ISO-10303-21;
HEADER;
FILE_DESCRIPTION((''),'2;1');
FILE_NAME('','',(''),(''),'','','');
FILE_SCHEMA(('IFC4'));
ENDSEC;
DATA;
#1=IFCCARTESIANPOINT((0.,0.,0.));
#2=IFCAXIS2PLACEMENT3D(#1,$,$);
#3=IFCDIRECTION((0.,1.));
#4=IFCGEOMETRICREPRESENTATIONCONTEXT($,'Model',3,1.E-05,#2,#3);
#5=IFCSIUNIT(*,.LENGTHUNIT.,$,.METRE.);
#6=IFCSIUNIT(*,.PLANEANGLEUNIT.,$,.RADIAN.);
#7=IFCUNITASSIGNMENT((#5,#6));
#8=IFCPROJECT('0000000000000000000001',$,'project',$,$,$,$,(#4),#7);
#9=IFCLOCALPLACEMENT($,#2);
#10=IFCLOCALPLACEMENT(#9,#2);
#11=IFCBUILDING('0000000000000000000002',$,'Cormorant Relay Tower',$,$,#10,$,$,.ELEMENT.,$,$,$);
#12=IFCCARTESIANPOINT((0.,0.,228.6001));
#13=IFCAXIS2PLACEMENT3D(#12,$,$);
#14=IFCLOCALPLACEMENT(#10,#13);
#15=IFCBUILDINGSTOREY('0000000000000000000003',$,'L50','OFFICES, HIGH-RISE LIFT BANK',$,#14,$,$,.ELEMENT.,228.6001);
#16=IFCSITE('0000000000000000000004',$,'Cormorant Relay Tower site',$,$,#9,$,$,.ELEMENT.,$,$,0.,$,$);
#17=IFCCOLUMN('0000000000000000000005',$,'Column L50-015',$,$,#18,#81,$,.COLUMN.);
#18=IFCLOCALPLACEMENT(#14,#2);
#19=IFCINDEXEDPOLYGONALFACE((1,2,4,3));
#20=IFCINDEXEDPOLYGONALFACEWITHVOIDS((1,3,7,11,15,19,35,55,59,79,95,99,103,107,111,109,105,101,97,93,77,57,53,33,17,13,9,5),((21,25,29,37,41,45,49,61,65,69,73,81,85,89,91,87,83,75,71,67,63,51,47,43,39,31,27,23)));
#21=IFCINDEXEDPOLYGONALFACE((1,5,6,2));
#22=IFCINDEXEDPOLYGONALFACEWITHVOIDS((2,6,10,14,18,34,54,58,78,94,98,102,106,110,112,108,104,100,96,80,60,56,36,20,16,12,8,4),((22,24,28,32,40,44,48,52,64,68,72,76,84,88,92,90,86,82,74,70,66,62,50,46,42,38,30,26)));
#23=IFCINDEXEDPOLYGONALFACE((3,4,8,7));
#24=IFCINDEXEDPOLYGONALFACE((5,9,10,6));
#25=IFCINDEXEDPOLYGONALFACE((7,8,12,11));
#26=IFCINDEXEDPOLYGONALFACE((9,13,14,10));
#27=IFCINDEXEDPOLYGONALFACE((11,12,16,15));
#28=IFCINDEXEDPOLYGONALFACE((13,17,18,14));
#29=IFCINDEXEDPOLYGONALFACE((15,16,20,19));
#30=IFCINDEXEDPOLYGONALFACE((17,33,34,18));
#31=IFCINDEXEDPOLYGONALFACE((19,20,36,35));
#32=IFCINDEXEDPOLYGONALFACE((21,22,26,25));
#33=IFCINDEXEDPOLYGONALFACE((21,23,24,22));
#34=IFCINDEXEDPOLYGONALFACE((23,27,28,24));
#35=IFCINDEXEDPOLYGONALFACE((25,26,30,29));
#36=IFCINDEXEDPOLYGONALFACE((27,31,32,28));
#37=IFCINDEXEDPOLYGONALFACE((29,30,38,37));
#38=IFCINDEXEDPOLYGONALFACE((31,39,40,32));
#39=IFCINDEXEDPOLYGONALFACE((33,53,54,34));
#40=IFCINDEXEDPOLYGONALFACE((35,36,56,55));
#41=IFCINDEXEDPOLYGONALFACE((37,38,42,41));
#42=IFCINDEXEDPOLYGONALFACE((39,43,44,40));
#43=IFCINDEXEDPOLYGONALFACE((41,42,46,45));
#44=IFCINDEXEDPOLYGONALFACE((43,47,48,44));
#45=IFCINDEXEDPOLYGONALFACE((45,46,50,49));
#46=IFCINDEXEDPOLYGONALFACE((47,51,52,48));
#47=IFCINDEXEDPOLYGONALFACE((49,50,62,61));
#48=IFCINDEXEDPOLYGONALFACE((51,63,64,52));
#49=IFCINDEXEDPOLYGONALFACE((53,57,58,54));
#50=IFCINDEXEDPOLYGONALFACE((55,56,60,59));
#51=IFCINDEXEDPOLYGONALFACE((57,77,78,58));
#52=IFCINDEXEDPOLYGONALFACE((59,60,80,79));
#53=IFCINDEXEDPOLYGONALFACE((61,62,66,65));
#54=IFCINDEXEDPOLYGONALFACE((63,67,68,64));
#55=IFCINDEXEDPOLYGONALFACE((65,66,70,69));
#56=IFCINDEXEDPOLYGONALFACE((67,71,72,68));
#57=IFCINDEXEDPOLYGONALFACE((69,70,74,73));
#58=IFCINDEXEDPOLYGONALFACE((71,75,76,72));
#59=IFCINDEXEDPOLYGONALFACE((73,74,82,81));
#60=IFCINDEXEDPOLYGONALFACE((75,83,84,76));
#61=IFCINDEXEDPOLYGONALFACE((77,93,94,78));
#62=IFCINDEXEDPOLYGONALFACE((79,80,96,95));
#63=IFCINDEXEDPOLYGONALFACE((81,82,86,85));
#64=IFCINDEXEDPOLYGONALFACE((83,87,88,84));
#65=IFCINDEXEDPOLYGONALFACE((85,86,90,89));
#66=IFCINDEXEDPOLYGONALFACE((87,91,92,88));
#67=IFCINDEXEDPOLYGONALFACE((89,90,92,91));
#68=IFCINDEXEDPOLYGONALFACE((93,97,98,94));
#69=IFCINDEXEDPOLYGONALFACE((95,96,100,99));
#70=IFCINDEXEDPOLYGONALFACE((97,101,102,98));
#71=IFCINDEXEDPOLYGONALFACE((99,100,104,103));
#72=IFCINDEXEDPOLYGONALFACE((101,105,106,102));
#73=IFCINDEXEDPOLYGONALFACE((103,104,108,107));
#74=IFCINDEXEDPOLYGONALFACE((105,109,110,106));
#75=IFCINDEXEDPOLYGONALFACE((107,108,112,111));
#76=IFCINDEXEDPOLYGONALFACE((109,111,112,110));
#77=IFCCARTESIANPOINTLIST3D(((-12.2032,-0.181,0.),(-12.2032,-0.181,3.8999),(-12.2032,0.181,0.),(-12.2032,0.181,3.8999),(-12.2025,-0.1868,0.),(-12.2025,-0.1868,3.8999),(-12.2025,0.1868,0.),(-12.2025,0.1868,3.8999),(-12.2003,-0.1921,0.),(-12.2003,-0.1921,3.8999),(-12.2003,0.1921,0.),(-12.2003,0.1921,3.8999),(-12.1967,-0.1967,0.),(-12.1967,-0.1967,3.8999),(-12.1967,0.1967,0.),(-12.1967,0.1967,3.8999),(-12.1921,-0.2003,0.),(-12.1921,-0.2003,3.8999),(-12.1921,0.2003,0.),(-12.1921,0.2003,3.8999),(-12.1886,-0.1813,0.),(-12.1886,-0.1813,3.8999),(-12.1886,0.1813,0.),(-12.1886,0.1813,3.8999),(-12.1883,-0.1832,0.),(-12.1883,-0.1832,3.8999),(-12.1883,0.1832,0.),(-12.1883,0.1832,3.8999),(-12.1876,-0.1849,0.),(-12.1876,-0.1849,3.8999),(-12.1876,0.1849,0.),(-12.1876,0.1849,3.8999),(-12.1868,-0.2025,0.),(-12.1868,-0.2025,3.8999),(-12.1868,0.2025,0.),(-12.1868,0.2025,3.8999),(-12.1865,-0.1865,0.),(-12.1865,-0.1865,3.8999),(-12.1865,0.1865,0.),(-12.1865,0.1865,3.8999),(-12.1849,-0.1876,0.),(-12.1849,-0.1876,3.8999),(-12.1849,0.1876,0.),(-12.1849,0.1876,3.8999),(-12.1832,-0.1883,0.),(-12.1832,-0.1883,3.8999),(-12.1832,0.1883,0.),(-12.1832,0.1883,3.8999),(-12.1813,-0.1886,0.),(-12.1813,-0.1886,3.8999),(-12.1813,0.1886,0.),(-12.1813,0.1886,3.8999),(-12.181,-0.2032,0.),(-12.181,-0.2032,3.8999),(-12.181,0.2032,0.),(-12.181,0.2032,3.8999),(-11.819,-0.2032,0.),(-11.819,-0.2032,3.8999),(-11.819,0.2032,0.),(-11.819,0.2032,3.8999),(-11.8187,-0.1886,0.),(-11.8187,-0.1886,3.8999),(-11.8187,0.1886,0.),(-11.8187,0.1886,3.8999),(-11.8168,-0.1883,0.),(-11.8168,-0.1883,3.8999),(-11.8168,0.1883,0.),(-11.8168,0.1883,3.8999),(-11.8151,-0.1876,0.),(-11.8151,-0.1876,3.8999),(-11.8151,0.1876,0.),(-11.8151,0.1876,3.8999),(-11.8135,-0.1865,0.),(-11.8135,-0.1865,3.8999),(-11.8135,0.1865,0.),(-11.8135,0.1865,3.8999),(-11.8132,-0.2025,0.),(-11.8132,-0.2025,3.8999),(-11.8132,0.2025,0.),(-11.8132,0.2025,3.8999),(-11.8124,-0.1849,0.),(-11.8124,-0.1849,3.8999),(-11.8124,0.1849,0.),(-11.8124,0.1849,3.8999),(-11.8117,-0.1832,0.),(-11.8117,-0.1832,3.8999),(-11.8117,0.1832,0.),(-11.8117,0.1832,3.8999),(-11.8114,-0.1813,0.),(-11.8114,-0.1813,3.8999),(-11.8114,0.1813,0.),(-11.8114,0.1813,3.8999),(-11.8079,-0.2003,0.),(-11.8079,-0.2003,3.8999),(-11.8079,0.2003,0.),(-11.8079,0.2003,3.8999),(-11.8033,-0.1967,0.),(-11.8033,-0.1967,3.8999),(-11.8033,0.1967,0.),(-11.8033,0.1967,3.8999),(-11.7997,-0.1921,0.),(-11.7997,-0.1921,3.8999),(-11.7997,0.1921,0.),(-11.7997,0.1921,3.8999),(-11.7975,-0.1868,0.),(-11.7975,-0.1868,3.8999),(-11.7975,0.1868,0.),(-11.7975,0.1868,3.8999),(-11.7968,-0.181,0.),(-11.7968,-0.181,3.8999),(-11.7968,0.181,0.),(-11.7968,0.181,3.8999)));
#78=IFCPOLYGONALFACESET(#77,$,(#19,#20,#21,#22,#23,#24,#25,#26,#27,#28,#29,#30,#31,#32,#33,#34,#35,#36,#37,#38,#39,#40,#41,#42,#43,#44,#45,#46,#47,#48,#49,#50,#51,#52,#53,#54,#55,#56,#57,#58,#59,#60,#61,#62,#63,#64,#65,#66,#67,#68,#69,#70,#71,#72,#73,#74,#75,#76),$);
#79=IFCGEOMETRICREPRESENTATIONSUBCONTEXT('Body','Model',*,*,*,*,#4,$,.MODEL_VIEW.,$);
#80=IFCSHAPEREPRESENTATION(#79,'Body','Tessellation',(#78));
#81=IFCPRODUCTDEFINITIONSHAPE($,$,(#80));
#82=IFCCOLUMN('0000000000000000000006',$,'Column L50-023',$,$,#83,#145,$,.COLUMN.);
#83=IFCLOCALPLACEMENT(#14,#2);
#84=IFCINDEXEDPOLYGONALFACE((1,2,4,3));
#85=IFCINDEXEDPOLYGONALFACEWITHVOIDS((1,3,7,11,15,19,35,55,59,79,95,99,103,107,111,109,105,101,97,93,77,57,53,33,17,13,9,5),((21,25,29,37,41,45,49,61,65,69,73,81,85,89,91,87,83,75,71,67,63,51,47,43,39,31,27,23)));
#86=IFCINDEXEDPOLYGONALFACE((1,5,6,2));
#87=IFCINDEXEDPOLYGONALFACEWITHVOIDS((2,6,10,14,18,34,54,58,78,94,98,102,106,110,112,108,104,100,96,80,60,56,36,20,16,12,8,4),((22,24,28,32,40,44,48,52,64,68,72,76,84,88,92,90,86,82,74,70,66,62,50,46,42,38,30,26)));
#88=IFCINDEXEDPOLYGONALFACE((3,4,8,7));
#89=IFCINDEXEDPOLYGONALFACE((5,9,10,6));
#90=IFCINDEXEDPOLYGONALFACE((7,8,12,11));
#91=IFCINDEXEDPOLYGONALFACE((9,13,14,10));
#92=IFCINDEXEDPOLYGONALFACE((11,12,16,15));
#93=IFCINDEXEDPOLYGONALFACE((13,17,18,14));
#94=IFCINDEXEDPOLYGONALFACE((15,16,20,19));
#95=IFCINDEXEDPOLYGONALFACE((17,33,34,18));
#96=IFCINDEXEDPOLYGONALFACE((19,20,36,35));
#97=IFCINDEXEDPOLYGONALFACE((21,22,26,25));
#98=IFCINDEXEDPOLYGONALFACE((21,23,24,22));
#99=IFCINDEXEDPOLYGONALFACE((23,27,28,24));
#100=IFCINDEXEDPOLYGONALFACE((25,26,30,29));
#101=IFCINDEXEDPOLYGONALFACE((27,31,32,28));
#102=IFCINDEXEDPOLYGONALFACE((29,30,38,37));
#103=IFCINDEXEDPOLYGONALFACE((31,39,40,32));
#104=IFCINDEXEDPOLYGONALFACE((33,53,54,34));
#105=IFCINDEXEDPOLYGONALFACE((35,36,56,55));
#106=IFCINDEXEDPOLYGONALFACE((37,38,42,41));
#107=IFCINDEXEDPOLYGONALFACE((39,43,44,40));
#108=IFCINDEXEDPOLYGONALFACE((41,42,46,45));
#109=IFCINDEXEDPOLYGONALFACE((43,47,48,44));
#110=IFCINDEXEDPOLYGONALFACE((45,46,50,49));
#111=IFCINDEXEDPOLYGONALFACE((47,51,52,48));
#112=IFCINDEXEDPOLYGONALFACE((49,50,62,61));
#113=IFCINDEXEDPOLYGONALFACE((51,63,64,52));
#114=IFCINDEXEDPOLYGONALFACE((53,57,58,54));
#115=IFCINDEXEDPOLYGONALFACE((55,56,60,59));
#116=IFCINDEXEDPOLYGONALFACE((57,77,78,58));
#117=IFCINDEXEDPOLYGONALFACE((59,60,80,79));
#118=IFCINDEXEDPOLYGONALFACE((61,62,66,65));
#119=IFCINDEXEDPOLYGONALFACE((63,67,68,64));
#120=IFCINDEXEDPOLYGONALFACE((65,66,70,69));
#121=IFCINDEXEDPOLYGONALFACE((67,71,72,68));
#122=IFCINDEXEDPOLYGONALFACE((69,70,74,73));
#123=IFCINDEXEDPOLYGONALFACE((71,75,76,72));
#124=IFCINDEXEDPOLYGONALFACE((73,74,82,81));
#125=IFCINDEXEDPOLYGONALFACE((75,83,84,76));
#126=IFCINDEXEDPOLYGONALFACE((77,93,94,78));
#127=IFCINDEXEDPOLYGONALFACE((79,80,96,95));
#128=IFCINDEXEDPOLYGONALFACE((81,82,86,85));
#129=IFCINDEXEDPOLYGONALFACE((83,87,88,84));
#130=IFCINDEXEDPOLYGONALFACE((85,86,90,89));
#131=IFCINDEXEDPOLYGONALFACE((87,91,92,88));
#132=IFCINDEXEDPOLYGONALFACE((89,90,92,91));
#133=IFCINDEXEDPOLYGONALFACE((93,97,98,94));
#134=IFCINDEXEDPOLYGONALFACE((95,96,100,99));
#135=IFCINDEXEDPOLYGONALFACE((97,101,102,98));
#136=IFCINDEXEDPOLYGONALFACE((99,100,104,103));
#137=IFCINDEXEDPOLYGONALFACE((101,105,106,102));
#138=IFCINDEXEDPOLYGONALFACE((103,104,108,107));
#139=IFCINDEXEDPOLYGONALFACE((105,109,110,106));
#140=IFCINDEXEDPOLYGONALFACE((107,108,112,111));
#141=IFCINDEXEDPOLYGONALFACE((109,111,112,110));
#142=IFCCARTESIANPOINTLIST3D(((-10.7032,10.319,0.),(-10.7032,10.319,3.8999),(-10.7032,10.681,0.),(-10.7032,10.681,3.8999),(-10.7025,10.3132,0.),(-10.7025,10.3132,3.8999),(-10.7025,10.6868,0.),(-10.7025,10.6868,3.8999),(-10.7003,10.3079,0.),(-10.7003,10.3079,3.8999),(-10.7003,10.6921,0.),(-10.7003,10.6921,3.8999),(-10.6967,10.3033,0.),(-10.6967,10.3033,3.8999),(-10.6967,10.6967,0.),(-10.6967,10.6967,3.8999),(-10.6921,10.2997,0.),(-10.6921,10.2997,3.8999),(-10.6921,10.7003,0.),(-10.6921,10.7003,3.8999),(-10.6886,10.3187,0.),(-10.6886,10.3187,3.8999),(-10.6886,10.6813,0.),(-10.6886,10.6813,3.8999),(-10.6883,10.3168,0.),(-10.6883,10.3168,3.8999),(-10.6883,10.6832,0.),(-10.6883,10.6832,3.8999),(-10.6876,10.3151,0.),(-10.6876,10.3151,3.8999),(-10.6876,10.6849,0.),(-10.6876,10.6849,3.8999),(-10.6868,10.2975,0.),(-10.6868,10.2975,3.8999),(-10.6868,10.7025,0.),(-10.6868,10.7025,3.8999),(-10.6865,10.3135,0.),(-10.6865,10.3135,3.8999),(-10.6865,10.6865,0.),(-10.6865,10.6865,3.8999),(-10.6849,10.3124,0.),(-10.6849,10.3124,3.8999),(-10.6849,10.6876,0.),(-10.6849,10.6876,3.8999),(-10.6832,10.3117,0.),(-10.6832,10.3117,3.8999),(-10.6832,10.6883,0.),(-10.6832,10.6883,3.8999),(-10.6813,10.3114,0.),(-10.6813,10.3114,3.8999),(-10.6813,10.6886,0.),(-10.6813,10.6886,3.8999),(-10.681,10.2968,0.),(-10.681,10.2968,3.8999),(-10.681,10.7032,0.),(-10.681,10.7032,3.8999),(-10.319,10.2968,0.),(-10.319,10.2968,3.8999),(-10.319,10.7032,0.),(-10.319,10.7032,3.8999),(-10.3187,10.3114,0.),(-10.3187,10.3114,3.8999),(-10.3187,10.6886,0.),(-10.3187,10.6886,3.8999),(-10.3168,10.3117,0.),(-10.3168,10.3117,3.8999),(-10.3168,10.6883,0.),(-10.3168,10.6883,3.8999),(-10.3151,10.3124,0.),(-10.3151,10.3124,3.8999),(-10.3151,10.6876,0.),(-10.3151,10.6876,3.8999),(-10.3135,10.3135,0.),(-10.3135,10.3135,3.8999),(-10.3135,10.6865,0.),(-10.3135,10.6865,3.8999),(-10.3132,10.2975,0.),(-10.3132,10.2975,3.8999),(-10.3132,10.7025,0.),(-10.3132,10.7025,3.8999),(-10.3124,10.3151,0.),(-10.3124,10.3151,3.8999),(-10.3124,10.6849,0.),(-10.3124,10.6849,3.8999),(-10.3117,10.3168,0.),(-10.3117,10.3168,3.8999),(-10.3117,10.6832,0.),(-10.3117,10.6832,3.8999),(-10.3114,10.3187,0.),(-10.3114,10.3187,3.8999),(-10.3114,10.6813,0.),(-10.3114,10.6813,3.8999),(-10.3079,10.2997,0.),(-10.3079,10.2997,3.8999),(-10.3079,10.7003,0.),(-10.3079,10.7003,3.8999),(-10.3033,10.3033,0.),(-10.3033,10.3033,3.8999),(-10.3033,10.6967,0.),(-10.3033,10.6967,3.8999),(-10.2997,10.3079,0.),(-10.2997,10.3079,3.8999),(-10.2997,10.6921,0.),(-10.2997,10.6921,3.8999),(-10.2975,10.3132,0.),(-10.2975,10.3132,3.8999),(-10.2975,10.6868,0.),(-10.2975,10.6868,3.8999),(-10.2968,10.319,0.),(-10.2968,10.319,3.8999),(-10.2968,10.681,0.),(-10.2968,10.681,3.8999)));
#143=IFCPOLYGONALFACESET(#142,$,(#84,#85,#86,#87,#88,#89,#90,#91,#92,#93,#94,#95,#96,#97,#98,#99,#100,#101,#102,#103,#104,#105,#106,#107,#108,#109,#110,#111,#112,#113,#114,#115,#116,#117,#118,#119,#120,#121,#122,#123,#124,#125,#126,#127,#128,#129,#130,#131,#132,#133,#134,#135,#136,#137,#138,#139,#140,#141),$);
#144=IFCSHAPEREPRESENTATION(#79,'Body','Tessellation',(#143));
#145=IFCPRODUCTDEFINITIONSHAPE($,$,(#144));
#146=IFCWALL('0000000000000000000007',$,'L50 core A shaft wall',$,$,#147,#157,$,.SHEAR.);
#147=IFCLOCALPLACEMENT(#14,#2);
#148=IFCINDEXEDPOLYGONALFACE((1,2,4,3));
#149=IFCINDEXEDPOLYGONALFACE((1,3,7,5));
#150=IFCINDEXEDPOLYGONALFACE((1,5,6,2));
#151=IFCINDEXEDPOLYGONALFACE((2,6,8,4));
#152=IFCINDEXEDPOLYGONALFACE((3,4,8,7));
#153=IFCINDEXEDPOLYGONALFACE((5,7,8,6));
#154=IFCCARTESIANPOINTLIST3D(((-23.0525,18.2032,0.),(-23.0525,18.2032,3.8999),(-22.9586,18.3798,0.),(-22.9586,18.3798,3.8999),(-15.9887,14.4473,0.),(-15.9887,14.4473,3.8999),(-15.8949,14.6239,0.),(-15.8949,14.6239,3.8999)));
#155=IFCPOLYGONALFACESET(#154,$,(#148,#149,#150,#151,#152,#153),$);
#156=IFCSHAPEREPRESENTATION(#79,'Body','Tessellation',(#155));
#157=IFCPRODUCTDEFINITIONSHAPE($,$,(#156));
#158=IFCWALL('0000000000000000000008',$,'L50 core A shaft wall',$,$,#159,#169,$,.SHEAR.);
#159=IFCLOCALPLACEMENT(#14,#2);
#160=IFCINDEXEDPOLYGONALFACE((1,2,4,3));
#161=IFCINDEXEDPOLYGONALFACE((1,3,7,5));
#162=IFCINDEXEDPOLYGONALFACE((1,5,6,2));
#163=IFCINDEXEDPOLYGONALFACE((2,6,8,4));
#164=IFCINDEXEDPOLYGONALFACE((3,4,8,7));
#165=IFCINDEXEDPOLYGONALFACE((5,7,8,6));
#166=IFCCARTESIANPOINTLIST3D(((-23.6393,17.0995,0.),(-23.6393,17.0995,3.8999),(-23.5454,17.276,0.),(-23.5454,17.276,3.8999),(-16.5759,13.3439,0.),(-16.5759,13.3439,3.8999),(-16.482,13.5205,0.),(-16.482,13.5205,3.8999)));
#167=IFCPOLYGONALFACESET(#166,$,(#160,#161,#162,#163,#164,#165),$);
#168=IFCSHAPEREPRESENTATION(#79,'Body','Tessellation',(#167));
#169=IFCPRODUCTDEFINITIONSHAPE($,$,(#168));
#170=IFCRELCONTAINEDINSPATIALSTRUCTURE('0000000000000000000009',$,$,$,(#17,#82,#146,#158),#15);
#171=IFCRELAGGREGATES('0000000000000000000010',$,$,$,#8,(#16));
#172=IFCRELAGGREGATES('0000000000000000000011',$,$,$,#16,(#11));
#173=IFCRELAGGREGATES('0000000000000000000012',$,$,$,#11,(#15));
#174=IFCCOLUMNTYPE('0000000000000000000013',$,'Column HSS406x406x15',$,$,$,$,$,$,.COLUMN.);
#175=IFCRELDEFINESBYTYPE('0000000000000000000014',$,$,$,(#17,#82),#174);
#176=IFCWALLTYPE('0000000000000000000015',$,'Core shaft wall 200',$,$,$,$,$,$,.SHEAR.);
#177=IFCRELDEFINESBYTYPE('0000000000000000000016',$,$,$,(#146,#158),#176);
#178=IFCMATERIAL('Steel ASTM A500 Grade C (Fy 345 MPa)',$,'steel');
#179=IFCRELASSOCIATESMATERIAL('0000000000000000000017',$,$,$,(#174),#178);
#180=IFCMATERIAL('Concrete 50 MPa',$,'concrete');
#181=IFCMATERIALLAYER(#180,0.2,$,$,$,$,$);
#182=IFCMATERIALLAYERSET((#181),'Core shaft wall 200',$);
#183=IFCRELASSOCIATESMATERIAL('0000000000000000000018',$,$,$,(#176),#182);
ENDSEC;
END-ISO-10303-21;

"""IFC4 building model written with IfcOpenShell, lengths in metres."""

from ifc_helpers import new_model, si_unit, direction, frame, frame_2d, origin, origin_2d, place, context, subcontext, project, spatial, rectangle, hollow_rectangle, extrude, material, layer, layer_set, material_profile, profile_set, type_object, element, save


model = new_model("IFC4")

# Units and contexts
model_context = context("Model", 3, precision=1e-05, world=origin(), true_north=direction((0.0, 1.0)))
body_context = subcontext(model_context, "Body", "Model", "MODEL_VIEW")
ifc_project = project(units=[si_unit("LENGTHUNIT", "METRE"), si_unit("PLANEANGLEUNIT", "RADIAN")], contexts=[model_context])

# Site, building, storey
site_placement = place(None, origin())
site = spatial("IfcSite", under=ifc_project, at=site_placement, Name="Cormorant Relay Tower site", CompositionType="ELEMENT", RefElevation=0.0)
building_placement = place(site_placement, origin())
building = spatial("IfcBuilding", under=site, at=building_placement, Name="Cormorant Relay Tower", CompositionType="ELEMENT")
storey_placement = place(building_placement, frame((0.0, 0.0, 228.6001)))
storey = spatial("IfcBuildingStorey", under=building, at=storey_placement, Name="L50", Description="OFFICES, HIGH-RISE LIFT BANK", CompositionType="ELEMENT", Elevation=228.6001)

# Columns
ifc_material_1 = material(Name="Steel ASTM A500 Grade C (Fy 345 MPa)", Category="steel")
ifc_material_profile = material_profile(ifc_material_1, hollow_rectangle(XDim=0.4065, YDim=0.4065, WallThickness=0.0146, InnerFilletRadius=0.0073, OuterFilletRadius=0.0222, at=origin_2d()), Name="HSS406x406x15")
ifc_profile_set = profile_set([ifc_material_profile], Name="Steel ASTM A500 Grade C (Fy 345 MPa)")
column_type = type_object("IfcColumnType", Name="Column HSS406x406x15", PredefinedType="COLUMN", material=ifc_profile_set)
for number, where, z_axis, x_axis, name in (
    (1, (-12.0, 0.0, 0.0), (0.0, 0.0, 1.0), (1.0, 0.0, 0.0), "Column L50-015"),
    (2, (-10.5, 10.5, 0.0), (0.0, 0.0, 1.0), (1.0, 0.0, 0.0), "Column L50-023"),
):
    element("IfcColumn", number, at=place(storey_placement, frame(where, z_axis=z_axis, x_axis=x_axis)), inside=storey, type_object=column_type, Name=name, PredefinedType="COLUMN", context=body_context, shape_type="SweptSolid", body=[
        extrude(hollow_rectangle(XDim=0.4065, YDim=0.4065, WallThickness=0.0146, InnerFilletRadius=0.0073, OuterFilletRadius=0.0222, at=origin_2d()), origin(), (0.0, 0.0, 1.0), 3.8999),
    ])

# Walls
ifc_material_2 = material(Name="Concrete 50 MPa", Category="concrete")
ifc_layer_1 = layer(ifc_material_2, 0.2)
ifc_layer_set_1 = layer_set([ifc_layer_1], Name="Core shaft wall 200")
wall_type_1 = type_object("IfcWallType", Name="Core shaft wall 200", PredefinedType="SHEAR", material=ifc_layer_set_1)
wall_1_placement = place(storey_placement, frame((-15.9419, 14.5356, 0.0), z_axis=(0.0, 0.0, 1.0), x_axis=(-0.882947, 0.469473, 0.0)))
element("IfcWall", 3, at=wall_1_placement, inside=storey, type_object=wall_type_1, Name="L50 core A shaft wall", PredefinedType="SHEAR", context=body_context, shape_type="SweptSolid", body=[
    extrude(rectangle(XDim=8.0002, YDim=0.2, at=frame_2d((4.0, 0.0))), origin(), (0.0, 0.0, 1.0), 3.8999),
])
wall_2_placement = place(storey_placement, frame((-16.5288, 13.4321, 0.0), z_axis=(0.0, 0.0, 1.0), x_axis=(-0.882953, 0.469462, 0.0)))
element("IfcWall", 4, at=wall_2_placement, inside=storey, type_object=wall_type_1, Name="L50 core A shaft wall", PredefinedType="SHEAR", context=body_context, shape_type="SweptSolid", body=[
    extrude(rectangle(XDim=7.9998, YDim=0.2, at=frame_2d((4.0, 0.0))), origin(), (0.0, 0.0, 1.0), 3.8999),
])

save(model, "model.ifc")
